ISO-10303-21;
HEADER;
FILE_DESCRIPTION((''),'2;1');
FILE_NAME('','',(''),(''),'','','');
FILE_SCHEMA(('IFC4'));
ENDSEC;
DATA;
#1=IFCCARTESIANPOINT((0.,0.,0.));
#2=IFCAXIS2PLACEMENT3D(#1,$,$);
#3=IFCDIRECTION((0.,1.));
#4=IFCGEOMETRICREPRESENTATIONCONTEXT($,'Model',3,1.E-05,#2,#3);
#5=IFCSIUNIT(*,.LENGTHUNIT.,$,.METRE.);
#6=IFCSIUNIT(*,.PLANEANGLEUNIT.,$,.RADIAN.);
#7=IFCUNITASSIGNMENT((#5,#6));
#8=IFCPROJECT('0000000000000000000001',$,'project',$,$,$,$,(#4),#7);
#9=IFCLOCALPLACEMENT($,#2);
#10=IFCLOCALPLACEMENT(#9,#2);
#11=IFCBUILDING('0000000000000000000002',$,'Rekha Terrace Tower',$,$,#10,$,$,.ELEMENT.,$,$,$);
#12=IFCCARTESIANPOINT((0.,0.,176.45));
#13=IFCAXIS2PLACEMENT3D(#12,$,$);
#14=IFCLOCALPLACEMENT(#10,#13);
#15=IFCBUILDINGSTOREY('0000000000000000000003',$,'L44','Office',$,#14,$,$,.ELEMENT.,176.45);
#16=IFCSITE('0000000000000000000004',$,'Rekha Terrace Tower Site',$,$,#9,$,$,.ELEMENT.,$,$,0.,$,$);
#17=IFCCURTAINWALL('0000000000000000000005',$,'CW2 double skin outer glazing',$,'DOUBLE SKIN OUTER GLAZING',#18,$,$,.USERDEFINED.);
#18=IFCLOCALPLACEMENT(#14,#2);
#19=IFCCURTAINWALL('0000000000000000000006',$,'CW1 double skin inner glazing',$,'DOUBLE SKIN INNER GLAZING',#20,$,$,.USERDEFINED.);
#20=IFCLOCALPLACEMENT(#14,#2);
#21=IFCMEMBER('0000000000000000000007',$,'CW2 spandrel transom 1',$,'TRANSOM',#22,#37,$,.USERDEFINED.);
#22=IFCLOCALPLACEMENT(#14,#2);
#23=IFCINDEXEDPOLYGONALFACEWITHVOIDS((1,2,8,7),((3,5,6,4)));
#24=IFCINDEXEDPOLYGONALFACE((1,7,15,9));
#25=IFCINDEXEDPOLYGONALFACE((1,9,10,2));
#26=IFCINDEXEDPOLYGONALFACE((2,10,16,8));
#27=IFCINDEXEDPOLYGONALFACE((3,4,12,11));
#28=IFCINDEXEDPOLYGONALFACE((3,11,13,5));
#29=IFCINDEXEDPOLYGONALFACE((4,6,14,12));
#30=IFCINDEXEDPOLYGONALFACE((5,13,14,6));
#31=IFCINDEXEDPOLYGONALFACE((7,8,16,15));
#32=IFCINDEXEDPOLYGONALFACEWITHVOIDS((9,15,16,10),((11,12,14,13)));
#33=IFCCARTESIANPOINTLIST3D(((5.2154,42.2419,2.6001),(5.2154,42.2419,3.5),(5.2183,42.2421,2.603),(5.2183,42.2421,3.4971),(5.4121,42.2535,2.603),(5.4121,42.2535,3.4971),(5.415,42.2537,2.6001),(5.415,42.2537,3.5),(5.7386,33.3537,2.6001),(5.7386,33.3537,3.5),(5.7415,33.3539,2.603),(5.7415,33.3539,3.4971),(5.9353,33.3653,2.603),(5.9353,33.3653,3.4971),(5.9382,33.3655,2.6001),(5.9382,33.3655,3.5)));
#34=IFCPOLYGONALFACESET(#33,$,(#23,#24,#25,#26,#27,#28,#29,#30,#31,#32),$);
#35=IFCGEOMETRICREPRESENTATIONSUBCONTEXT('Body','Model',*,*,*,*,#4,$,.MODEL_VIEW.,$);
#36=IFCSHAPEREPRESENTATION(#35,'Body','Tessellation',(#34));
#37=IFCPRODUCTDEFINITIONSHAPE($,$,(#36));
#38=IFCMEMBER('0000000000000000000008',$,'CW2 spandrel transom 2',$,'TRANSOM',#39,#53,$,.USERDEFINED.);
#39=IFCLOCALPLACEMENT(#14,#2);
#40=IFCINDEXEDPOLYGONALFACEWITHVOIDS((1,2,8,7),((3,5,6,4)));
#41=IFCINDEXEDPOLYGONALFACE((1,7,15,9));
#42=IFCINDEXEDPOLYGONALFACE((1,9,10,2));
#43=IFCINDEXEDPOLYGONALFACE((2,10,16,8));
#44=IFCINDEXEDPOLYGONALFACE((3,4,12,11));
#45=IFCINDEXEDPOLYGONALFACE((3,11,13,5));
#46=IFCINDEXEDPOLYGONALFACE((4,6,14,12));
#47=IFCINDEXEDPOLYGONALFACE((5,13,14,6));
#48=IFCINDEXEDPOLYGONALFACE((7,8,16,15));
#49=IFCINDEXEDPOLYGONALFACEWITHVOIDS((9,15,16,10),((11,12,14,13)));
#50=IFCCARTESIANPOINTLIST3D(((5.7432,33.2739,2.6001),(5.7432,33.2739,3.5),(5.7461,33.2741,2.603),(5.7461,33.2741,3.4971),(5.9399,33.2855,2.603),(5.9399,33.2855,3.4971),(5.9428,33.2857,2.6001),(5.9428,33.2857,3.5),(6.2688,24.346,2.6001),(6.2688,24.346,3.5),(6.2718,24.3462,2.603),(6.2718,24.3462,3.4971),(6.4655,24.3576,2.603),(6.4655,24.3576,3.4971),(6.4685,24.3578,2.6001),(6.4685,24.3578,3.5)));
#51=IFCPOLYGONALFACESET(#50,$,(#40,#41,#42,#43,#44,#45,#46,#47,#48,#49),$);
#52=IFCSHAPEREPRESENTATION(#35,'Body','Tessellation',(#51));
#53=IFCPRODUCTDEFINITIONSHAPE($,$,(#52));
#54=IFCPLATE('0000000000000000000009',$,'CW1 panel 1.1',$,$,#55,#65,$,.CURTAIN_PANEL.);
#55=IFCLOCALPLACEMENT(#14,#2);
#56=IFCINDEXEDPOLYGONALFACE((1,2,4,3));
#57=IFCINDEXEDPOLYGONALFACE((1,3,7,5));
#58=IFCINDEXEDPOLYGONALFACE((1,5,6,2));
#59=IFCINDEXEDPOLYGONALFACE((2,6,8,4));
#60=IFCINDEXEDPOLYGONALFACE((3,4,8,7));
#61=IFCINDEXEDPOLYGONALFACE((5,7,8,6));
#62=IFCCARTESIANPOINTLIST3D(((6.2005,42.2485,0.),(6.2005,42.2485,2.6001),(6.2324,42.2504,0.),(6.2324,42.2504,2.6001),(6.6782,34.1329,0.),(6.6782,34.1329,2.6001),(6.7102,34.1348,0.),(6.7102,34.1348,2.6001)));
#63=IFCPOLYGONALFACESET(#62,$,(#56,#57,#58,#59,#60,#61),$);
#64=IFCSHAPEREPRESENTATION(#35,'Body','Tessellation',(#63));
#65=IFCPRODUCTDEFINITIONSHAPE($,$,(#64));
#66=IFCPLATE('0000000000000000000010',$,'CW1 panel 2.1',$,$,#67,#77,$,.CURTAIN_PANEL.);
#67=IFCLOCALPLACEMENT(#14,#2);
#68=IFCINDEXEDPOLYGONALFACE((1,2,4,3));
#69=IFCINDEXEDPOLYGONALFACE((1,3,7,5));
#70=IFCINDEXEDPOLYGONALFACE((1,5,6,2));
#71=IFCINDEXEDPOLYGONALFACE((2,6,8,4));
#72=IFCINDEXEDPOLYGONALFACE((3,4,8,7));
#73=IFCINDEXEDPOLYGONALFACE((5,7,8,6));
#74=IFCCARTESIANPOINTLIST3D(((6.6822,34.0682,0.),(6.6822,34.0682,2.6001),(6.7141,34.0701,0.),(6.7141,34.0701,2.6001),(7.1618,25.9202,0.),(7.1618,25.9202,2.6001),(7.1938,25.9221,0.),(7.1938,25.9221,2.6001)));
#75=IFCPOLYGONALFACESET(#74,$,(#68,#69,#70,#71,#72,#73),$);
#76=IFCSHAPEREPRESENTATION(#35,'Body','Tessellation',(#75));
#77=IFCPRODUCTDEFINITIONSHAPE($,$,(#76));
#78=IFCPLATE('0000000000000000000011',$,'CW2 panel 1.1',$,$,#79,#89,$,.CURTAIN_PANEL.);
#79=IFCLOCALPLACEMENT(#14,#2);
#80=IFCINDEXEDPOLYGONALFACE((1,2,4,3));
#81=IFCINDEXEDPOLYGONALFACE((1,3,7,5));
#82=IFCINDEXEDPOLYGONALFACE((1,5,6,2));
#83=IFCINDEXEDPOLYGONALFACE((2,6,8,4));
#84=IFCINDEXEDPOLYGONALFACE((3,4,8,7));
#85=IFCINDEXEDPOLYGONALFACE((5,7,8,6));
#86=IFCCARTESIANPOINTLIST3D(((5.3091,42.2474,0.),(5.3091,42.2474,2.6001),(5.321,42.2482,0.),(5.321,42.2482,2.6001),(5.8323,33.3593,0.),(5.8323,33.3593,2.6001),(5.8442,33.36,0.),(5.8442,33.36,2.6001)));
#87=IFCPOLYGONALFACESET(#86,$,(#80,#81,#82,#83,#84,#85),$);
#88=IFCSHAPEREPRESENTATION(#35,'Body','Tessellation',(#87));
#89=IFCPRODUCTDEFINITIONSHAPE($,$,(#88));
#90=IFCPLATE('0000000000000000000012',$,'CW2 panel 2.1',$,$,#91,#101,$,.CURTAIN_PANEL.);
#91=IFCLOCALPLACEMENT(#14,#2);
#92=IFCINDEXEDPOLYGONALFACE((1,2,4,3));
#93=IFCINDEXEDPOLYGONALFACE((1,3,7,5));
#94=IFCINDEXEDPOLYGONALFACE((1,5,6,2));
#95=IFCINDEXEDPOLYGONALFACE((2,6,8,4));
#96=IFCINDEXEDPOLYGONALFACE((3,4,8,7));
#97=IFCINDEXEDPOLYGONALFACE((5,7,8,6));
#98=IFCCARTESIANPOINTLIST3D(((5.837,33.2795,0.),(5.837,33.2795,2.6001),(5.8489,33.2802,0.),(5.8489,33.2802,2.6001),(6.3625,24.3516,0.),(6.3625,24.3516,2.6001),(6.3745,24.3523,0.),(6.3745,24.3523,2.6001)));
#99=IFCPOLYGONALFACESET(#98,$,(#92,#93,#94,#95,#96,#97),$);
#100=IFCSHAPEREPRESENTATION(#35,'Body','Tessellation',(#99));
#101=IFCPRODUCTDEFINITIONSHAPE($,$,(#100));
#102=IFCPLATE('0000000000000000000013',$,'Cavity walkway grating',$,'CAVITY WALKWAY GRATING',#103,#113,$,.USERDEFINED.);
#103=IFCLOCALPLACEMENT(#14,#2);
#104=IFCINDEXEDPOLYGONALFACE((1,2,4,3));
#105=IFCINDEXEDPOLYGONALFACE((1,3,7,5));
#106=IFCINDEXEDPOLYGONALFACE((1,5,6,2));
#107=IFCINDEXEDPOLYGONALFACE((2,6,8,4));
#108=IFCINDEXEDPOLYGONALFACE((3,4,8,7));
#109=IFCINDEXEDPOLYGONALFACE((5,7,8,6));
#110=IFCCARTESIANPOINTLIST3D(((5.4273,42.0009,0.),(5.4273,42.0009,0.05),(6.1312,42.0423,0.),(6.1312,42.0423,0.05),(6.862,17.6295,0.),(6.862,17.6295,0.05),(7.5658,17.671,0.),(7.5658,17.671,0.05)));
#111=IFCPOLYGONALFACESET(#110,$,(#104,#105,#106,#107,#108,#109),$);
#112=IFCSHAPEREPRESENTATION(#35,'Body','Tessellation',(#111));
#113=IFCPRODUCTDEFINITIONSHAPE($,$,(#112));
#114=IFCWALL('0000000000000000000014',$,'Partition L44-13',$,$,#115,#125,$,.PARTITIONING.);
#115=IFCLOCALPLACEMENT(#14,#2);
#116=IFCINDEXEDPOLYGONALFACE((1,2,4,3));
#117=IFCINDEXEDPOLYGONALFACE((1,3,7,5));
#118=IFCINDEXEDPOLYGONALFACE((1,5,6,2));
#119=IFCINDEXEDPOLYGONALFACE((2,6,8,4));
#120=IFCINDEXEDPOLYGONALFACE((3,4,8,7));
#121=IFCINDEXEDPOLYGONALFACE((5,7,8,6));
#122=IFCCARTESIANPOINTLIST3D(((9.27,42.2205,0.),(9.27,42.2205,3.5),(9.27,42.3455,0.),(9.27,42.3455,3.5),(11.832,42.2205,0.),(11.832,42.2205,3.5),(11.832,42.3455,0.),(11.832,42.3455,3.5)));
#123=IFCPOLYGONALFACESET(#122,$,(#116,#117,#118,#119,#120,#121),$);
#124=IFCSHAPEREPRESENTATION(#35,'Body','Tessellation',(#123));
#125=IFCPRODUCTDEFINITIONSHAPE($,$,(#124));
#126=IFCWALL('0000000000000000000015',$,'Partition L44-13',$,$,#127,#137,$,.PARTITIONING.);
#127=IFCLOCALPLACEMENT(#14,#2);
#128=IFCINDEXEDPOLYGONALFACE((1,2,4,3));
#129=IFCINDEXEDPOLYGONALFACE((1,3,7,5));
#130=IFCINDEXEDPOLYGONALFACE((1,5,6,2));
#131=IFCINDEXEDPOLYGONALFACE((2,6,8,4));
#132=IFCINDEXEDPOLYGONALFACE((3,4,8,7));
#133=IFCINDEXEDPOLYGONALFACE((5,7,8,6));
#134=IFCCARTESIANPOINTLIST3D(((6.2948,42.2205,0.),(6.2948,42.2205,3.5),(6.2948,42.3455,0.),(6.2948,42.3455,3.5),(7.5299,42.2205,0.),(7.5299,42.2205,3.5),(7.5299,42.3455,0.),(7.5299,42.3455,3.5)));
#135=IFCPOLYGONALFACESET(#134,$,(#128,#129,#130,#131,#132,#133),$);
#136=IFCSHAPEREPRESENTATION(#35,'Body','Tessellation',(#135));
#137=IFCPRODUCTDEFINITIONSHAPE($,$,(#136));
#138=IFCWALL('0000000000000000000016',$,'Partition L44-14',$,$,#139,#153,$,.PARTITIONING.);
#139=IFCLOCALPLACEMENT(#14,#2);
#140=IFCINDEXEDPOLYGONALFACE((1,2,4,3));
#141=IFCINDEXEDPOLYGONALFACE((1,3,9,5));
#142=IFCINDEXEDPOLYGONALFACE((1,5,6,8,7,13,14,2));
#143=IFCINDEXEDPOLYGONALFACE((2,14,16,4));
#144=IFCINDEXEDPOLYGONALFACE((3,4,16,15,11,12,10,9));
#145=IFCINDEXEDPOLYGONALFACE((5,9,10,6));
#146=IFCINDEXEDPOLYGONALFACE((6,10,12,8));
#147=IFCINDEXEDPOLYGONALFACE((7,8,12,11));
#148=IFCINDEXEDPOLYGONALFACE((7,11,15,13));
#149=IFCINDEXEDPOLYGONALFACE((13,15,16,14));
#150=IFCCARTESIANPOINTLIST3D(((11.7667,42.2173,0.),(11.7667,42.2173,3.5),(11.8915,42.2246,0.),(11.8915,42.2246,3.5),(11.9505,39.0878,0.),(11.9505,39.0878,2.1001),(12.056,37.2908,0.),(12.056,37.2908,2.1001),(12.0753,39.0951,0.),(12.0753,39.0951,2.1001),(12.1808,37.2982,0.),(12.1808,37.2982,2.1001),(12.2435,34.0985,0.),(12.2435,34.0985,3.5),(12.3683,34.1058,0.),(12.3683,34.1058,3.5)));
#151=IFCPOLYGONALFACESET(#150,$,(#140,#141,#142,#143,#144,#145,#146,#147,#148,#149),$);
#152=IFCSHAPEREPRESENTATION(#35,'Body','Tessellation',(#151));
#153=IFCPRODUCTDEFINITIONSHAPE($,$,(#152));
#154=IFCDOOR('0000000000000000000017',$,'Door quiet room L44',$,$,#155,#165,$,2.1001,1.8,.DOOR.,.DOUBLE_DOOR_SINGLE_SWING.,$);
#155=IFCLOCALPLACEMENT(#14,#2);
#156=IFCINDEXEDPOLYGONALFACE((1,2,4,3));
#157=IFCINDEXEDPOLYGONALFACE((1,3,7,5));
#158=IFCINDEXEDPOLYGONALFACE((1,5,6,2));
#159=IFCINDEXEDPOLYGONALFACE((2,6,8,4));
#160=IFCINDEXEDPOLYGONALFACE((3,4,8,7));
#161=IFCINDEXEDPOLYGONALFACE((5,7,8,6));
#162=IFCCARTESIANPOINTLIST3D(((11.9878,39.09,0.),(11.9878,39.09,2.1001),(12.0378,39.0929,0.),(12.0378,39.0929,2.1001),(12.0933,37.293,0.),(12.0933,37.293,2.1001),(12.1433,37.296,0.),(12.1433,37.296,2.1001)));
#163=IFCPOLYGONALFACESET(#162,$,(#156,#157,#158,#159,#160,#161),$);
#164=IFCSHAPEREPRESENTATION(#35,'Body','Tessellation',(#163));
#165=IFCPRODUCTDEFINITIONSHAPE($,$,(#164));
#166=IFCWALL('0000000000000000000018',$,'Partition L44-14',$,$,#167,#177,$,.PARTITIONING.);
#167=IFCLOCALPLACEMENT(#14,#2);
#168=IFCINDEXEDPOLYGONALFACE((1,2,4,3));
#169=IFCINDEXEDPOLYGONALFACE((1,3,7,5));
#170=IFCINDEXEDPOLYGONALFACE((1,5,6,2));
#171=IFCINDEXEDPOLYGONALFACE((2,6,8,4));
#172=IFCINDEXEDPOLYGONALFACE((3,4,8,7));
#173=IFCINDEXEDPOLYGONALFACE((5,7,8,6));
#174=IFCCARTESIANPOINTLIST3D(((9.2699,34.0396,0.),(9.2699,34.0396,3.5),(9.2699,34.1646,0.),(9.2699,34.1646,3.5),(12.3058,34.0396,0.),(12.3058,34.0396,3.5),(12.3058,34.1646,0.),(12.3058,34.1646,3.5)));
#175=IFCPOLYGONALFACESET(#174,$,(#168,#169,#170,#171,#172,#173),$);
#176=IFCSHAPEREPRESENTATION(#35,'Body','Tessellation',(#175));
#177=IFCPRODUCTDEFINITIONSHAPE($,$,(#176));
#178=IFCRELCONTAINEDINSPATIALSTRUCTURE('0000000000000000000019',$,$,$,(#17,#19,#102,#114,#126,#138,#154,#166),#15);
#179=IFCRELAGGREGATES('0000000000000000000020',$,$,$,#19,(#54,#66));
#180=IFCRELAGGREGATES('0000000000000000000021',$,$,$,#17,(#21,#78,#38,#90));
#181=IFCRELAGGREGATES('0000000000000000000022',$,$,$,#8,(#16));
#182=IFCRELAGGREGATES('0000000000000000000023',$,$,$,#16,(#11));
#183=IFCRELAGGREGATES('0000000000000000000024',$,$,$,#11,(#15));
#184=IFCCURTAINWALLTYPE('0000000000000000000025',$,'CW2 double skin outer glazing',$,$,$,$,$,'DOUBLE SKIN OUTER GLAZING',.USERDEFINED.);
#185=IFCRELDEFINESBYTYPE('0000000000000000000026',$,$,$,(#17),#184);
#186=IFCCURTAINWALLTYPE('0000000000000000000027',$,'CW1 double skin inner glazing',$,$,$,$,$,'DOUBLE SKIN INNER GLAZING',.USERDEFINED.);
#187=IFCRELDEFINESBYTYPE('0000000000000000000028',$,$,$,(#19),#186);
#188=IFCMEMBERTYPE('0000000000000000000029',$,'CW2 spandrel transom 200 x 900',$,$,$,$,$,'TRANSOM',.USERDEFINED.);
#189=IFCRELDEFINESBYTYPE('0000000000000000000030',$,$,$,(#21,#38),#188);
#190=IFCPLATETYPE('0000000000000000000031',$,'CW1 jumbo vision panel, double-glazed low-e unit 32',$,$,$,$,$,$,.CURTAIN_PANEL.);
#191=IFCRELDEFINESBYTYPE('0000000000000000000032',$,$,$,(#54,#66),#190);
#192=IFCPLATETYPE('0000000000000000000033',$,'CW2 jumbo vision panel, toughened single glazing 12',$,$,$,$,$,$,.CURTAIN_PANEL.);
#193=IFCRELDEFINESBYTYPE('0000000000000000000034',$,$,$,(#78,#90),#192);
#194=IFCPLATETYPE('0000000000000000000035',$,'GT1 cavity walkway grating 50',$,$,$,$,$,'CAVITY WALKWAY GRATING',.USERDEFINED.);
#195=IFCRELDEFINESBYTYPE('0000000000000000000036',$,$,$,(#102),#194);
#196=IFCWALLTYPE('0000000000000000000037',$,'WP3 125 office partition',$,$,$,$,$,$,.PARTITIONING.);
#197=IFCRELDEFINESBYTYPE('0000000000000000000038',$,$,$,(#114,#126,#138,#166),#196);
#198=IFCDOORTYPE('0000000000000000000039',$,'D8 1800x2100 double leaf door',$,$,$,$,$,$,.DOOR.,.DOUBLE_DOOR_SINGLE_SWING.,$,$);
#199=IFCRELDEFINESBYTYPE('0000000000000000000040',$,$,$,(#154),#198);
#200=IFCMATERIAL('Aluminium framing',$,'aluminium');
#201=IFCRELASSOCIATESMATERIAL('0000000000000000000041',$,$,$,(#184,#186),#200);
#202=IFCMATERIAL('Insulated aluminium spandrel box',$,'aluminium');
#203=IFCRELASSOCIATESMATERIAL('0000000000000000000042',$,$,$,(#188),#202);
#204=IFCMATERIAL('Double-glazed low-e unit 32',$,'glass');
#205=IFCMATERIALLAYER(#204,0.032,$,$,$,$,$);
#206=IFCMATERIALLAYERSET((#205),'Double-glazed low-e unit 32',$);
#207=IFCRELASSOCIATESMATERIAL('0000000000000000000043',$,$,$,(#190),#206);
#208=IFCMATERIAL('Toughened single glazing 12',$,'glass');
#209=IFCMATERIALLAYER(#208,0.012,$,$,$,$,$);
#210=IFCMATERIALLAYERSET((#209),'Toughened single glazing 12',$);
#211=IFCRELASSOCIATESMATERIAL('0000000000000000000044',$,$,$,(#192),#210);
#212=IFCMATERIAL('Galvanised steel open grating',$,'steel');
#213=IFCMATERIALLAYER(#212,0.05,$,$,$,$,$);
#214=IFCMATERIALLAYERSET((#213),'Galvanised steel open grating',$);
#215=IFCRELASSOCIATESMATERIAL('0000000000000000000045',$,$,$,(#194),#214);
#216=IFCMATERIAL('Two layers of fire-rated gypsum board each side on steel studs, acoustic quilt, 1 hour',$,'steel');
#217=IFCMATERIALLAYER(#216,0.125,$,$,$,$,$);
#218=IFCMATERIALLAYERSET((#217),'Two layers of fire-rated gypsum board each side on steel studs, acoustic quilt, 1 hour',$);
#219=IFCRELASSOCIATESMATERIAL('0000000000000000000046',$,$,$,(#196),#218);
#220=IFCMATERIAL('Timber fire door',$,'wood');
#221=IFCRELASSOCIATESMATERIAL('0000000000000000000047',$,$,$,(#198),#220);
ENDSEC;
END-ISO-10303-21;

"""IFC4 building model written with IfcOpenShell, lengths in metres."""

from ifc_helpers import new_model, si_unit, direction, frame, frame_2d, origin, origin_2d, place, context, subcontext, project, spatial, rectangle, hollow_rectangle, extrude, material, layer, layer_set, material_profile, profile_set, type_object, element, fill, aggregate, save


model = new_model("IFC4")

# Units and contexts
model_context = context("Model", 3, precision=1e-05, world=origin(), true_north=direction((0.0, 1.0)))
body_context = subcontext(model_context, "Body", "Model", "MODEL_VIEW")
ifc_project = project(units=[si_unit("LENGTHUNIT", "METRE"), si_unit("PLANEANGLEUNIT", "RADIAN")], contexts=[model_context])

# Site, building, storey
site_placement = place(None, origin())
site = spatial("IfcSite", under=ifc_project, at=site_placement, Name="Rekha Terrace Tower Site", CompositionType="ELEMENT", RefElevation=0.0)
building_placement = place(site_placement, origin())
building = spatial("IfcBuilding", under=site, at=building_placement, Name="Rekha Terrace Tower", CompositionType="ELEMENT")
storey_placement = place(building_placement, frame((0.0, 0.0, 176.45)))
storey = spatial("IfcBuildingStorey", under=building, at=storey_placement, Name="L44", Description="Office", CompositionType="ELEMENT", Elevation=176.45)

# Curtain wall
ifc_material_1 = material(Name="Aluminium framing", Category="aluminium")
curtain_wall_type_1 = type_object("IfcCurtainWallType", Name="CW2 double skin outer glazing", ElementType="DOUBLE SKIN OUTER GLAZING", PredefinedType="USERDEFINED", material=ifc_material_1)
curtain_wall_1_placement = place(storey_placement, origin())
curtain_wall_1 = element("IfcCurtainWall", 1, at=curtain_wall_1_placement, inside=storey, type_object=curtain_wall_type_1, Name="CW2 double skin outer glazing", ObjectType="DOUBLE SKIN OUTER GLAZING", PredefinedType="USERDEFINED")

# Curtain wall
curtain_wall_type_2 = type_object("IfcCurtainWallType", Name="CW1 double skin inner glazing", ElementType="DOUBLE SKIN INNER GLAZING", PredefinedType="USERDEFINED", material=ifc_material_1)
curtain_wall_2_placement = place(storey_placement, origin())
curtain_wall_2 = element("IfcCurtainWall", 2, at=curtain_wall_2_placement, inside=storey, type_object=curtain_wall_type_2, Name="CW1 double skin inner glazing", ObjectType="DOUBLE SKIN INNER GLAZING", PredefinedType="USERDEFINED")
ifc_material_2 = material(Name="Insulated aluminium spandrel box", Category="aluminium")

# Members
ifc_material_profile_1 = material_profile(ifc_material_2, hollow_rectangle(XDim=0.2, YDim=0.8999, WallThickness=0.0029, at=origin_2d()), Name="AL SPANDREL BOX 200x900")
ifc_profile_set_1 = profile_set([ifc_material_profile_1], Name="Insulated aluminium spandrel box")
member_type_1 = type_object("IfcMemberType", Name="CW2 spandrel transom 200 x 900", ElementType="TRANSOM", PredefinedType="USERDEFINED", material=ifc_profile_set_1)
member_1_placement = place(storey_placement, frame((5.3152, 42.2478, 3.05), z_axis=(0.058762, -0.998272, 0.0), x_axis=(0.998272, 0.058762, 0.0)))
member_1 = element("IfcMember", 3, at=member_1_placement, type_object=member_type_1, Name="CW2 spandrel transom 1", ObjectType="TRANSOM", PredefinedType="USERDEFINED", context=body_context, shape_type="SweptSolid", body=[
    extrude(hollow_rectangle(XDim=0.2, YDim=0.8999, WallThickness=0.0029, at=origin_2d()), origin(), (0.0, 0.0, 1.0), 8.9036),
])
member_2_placement = place(storey_placement, frame((5.843, 33.2798, 3.05), z_axis=(0.058773, -0.998271, 0.0), x_axis=(0.998271, 0.058773, 0.0)))
member_2 = element("IfcMember", 4, at=member_2_placement, type_object=member_type_1, Name="CW2 spandrel transom 2", ObjectType="TRANSOM", PredefinedType="USERDEFINED", context=body_context, shape_type="SweptSolid", body=[
    extrude(hollow_rectangle(XDim=0.2, YDim=0.8999, WallThickness=0.0029, at=origin_2d()), origin(), (0.0, 0.0, 1.0), 8.9434),
])

# Plates
ifc_material_3 = material(Name="Double-glazed low-e unit 32", Category="glass")
ifc_layer_1 = layer(ifc_material_3, 0.032)
ifc_layer_set_1 = layer_set([ifc_layer_1], Name="Double-glazed low-e unit 32")
plate_type_1 = type_object("IfcPlateType", Name="CW1 jumbo vision panel, double-glazed low-e unit 32", PredefinedType="CURTAIN_PANEL", material=ifc_layer_set_1)
plate_1_placement = place(storey_placement, frame((6.4553, 38.1917, 0.0), z_axis=(0.0, 0.0, 1.0), x_axis=(0.058765, -0.998272, 0.0)))
plate_1 = element("IfcPlate", 5, at=plate_1_placement, type_object=plate_type_1, Name="CW1 panel 1.1", PredefinedType="CURTAIN_PANEL", context=body_context, shape_type="SweptSolid", body=[
    extrude(rectangle(XDim=8.1296, YDim=0.032, at=origin_2d()), origin(), (0.0, 0.0, 1.0), 2.6001),
])
plate_2_placement = place(storey_placement, frame((6.938, 29.9951, 0.0), z_axis=(0.0, 0.0, 1.0), x_axis=(0.058765, -0.998272, 0.0)))
plate_2 = element("IfcPlate", 6, at=plate_2_placement, type_object=plate_type_1, Name="CW1 panel 2.1", PredefinedType="CURTAIN_PANEL", context=body_context, shape_type="SweptSolid", body=[
    extrude(rectangle(XDim=8.1621, YDim=0.032, at=origin_2d()), origin(), (0.0, 0.0, 1.0), 2.6001),
])
aggregate(curtain_wall_2, [plate_1, plate_2])
ifc_material_4 = material(Name="Toughened single glazing 12", Category="glass")
ifc_layer_2 = layer(ifc_material_4, 0.012)
ifc_layer_set_2 = layer_set([ifc_layer_2], Name="Toughened single glazing 12")
plate_type_2 = type_object("IfcPlateType", Name="CW2 jumbo vision panel, toughened single glazing 12", PredefinedType="CURTAIN_PANEL", material=ifc_layer_set_2)
plate_3_placement = place(storey_placement, frame((5.5767, 37.8037, 0.0), z_axis=(0.0, 0.0, 1.0), x_axis=(0.058765, -0.998272, 0.0)))
plate_3 = element("IfcPlate", 7, at=plate_3_placement, type_object=plate_type_2, Name="CW2 panel 1.1", PredefinedType="CURTAIN_PANEL", context=body_context, shape_type="SweptSolid", body=[
    extrude(rectangle(XDim=8.9036, YDim=0.012, at=origin_2d()), origin(), (0.0, 0.0, 1.0), 2.6001),
])
plate_4_placement = place(storey_placement, frame((6.1057, 28.8159, 0.0), z_axis=(0.0, 0.0, 1.0), x_axis=(0.058765, -0.998272, 0.0)))
plate_4 = element("IfcPlate", 8, at=plate_4_placement, type_object=plate_type_2, Name="CW2 panel 2.1", PredefinedType="CURTAIN_PANEL", context=body_context, shape_type="SweptSolid", body=[
    extrude(rectangle(XDim=8.9434, YDim=0.012, at=origin_2d()), origin(), (0.0, 0.0, 1.0), 2.6001),
])
aggregate(curtain_wall_1, [member_1, plate_3, member_2, plate_4])
ifc_material_5 = material(Name="Galvanised steel open grating", Category="steel")
ifc_layer_3 = layer(ifc_material_5, 0.05)
ifc_layer_set_3 = layer_set([ifc_layer_3], Name="Galvanised steel open grating")
plate_type_3 = type_object("IfcPlateType", Name="GT1 cavity walkway grating 50", ElementType="CAVITY WALKWAY GRATING", PredefinedType="USERDEFINED", material=ifc_layer_set_3)
plate_5_placement = place(storey_placement, frame((6.4966, 29.8359, 0.0), z_axis=(0.0, 0.0, 1.0), x_axis=(0.058765, -0.998272, 0.0)))
element("IfcPlate", 9, at=plate_5_placement, inside=storey, type_object=plate_type_3, Name="Cavity walkway grating", ObjectType="CAVITY WALKWAY GRATING", PredefinedType="USERDEFINED", context=body_context, shape_type="SweptSolid", body=[
    extrude(rectangle(XDim=24.4136, YDim=0.7051, at=origin_2d()), origin(), (0.0, 0.0, 1.0), 0.05),
])

# Walls
ifc_material_6 = material(Name="Two layers of fire-rated gypsum board each side on steel studs, acoustic quilt, 1 hour", Category="steel")
ifc_layer_4 = layer(ifc_material_6, 0.125)
ifc_layer_set_4 = layer_set([ifc_layer_4], Name="Two layers of fire-rated gypsum board each side on steel studs, acoustic quilt, 1 hour")
wall_type = type_object("IfcWallType", Name="WP3 125 office partition", PredefinedType="PARTITIONING", material=ifc_layer_set_4)
wall_1_placement = place(storey_placement, frame((11.832, 42.283, 0.0), z_axis=(0.0, 0.0, 1.0), x_axis=(-1.0, 0.0, 0.0)))
element("IfcWall", 10, at=wall_1_placement, inside=storey, type_object=wall_type, Name="Partition L44-13", PredefinedType="PARTITIONING", context=body_context, shape_type="SweptSolid", body=[
    extrude(rectangle(XDim=2.562, YDim=0.125, at=frame_2d((1.281, 0.0))), origin(), (0.0, 0.0, 1.0), 3.5),
])
wall_2_placement = place(storey_placement, frame((7.53, 42.283, 0.0), z_axis=(0.0, 0.0, 1.0), x_axis=(-1.0, 0.0, 0.0)))
element("IfcWall", 11, at=wall_2_placement, inside=storey, type_object=wall_type, Name="Partition L44-13", PredefinedType="PARTITIONING", context=body_context, shape_type="SweptSolid", body=[
    extrude(rectangle(XDim=1.2351, YDim=0.125, at=frame_2d((0.6177, 0.0))), origin(), (0.0, 0.0, 1.0), 3.5),
])

# Wall, opening, door
wall_3_placement = place(storey_placement, frame((11.8291, 42.2209, 0.0), z_axis=(0.0, 0.0, 1.0), x_axis=(0.058627, -0.99828, 0.0)))
wall_3 = element("IfcWall", 12, at=wall_3_placement, inside=storey, type_object=wall_type, Name="Partition L44-14", PredefinedType="PARTITIONING", context=body_context, shape_type="SweptSolid", body=[
    extrude(rectangle(XDim=8.1328, YDim=0.125, at=frame_2d((4.0664, 0.0))), origin(), (0.0, 0.0, 1.0), 3.5),
])
opening_1_placement = place(wall_3_placement, frame((3.135, 0.0, 0.0)))
opening_1 = element("IfcOpeningElement", 13, at=opening_1_placement, cuts=wall_3, PredefinedType="OPENING", context=body_context, shape_type="SweptSolid", body=[
    extrude(rectangle(XDim=1.8, YDim=2.1001, at=frame_2d((0.8999, 1.05))), frame((0.0, 0.0725, 0.0), z_axis=(0.0, -1.0, 0.0), x_axis=(1.0, 0.0, 0.0)), (0.0, 0.0, 1.0), 0.145),
])
ifc_material_7 = material(Name="Timber fire door", Category="wood")
door_type = type_object("IfcDoorType", Name="D8 1800x2100 double leaf door", OperationType="DOUBLE_DOOR_SINGLE_SWING", PredefinedType="DOOR", material=ifc_material_7)
door_1_placement = place(opening_1_placement, origin())
door_1 = element("IfcDoor", 14, at=door_1_placement, inside=storey, type_object=door_type, Name="Door quiet room L44", OperationType="DOUBLE_DOOR_SINGLE_SWING", OverallHeight=2.1001, OverallWidth=1.8, PredefinedType="DOOR", context=body_context, shape_type="SweptSolid", body=[
    extrude(rectangle(XDim=1.8, YDim=2.1001, at=frame_2d((0.8999, 1.05))), frame((0.0, 0.0249, 0.0), z_axis=(0.0, -1.0, 0.0), x_axis=(1.0, 0.0, 0.0)), (0.0, 0.0, 1.0), 0.05),
])
fill(opening_1, door_1)

# Wall
wall_4_placement = place(storey_placement, frame((12.3059, 34.1021, 0.0), z_axis=(0.0, 0.0, 1.0), x_axis=(-1.0, 0.0, 0.0)))
element("IfcWall", 15, at=wall_4_placement, inside=storey, type_object=wall_type, Name="Partition L44-14", PredefinedType="PARTITIONING", context=body_context, shape_type="SweptSolid", body=[
    extrude(rectangle(XDim=3.0359, YDim=0.125, at=frame_2d((1.5181, 0.0))), origin(), (0.0, 0.0, 1.0), 3.5),
])

save(model, "model.ifc")
